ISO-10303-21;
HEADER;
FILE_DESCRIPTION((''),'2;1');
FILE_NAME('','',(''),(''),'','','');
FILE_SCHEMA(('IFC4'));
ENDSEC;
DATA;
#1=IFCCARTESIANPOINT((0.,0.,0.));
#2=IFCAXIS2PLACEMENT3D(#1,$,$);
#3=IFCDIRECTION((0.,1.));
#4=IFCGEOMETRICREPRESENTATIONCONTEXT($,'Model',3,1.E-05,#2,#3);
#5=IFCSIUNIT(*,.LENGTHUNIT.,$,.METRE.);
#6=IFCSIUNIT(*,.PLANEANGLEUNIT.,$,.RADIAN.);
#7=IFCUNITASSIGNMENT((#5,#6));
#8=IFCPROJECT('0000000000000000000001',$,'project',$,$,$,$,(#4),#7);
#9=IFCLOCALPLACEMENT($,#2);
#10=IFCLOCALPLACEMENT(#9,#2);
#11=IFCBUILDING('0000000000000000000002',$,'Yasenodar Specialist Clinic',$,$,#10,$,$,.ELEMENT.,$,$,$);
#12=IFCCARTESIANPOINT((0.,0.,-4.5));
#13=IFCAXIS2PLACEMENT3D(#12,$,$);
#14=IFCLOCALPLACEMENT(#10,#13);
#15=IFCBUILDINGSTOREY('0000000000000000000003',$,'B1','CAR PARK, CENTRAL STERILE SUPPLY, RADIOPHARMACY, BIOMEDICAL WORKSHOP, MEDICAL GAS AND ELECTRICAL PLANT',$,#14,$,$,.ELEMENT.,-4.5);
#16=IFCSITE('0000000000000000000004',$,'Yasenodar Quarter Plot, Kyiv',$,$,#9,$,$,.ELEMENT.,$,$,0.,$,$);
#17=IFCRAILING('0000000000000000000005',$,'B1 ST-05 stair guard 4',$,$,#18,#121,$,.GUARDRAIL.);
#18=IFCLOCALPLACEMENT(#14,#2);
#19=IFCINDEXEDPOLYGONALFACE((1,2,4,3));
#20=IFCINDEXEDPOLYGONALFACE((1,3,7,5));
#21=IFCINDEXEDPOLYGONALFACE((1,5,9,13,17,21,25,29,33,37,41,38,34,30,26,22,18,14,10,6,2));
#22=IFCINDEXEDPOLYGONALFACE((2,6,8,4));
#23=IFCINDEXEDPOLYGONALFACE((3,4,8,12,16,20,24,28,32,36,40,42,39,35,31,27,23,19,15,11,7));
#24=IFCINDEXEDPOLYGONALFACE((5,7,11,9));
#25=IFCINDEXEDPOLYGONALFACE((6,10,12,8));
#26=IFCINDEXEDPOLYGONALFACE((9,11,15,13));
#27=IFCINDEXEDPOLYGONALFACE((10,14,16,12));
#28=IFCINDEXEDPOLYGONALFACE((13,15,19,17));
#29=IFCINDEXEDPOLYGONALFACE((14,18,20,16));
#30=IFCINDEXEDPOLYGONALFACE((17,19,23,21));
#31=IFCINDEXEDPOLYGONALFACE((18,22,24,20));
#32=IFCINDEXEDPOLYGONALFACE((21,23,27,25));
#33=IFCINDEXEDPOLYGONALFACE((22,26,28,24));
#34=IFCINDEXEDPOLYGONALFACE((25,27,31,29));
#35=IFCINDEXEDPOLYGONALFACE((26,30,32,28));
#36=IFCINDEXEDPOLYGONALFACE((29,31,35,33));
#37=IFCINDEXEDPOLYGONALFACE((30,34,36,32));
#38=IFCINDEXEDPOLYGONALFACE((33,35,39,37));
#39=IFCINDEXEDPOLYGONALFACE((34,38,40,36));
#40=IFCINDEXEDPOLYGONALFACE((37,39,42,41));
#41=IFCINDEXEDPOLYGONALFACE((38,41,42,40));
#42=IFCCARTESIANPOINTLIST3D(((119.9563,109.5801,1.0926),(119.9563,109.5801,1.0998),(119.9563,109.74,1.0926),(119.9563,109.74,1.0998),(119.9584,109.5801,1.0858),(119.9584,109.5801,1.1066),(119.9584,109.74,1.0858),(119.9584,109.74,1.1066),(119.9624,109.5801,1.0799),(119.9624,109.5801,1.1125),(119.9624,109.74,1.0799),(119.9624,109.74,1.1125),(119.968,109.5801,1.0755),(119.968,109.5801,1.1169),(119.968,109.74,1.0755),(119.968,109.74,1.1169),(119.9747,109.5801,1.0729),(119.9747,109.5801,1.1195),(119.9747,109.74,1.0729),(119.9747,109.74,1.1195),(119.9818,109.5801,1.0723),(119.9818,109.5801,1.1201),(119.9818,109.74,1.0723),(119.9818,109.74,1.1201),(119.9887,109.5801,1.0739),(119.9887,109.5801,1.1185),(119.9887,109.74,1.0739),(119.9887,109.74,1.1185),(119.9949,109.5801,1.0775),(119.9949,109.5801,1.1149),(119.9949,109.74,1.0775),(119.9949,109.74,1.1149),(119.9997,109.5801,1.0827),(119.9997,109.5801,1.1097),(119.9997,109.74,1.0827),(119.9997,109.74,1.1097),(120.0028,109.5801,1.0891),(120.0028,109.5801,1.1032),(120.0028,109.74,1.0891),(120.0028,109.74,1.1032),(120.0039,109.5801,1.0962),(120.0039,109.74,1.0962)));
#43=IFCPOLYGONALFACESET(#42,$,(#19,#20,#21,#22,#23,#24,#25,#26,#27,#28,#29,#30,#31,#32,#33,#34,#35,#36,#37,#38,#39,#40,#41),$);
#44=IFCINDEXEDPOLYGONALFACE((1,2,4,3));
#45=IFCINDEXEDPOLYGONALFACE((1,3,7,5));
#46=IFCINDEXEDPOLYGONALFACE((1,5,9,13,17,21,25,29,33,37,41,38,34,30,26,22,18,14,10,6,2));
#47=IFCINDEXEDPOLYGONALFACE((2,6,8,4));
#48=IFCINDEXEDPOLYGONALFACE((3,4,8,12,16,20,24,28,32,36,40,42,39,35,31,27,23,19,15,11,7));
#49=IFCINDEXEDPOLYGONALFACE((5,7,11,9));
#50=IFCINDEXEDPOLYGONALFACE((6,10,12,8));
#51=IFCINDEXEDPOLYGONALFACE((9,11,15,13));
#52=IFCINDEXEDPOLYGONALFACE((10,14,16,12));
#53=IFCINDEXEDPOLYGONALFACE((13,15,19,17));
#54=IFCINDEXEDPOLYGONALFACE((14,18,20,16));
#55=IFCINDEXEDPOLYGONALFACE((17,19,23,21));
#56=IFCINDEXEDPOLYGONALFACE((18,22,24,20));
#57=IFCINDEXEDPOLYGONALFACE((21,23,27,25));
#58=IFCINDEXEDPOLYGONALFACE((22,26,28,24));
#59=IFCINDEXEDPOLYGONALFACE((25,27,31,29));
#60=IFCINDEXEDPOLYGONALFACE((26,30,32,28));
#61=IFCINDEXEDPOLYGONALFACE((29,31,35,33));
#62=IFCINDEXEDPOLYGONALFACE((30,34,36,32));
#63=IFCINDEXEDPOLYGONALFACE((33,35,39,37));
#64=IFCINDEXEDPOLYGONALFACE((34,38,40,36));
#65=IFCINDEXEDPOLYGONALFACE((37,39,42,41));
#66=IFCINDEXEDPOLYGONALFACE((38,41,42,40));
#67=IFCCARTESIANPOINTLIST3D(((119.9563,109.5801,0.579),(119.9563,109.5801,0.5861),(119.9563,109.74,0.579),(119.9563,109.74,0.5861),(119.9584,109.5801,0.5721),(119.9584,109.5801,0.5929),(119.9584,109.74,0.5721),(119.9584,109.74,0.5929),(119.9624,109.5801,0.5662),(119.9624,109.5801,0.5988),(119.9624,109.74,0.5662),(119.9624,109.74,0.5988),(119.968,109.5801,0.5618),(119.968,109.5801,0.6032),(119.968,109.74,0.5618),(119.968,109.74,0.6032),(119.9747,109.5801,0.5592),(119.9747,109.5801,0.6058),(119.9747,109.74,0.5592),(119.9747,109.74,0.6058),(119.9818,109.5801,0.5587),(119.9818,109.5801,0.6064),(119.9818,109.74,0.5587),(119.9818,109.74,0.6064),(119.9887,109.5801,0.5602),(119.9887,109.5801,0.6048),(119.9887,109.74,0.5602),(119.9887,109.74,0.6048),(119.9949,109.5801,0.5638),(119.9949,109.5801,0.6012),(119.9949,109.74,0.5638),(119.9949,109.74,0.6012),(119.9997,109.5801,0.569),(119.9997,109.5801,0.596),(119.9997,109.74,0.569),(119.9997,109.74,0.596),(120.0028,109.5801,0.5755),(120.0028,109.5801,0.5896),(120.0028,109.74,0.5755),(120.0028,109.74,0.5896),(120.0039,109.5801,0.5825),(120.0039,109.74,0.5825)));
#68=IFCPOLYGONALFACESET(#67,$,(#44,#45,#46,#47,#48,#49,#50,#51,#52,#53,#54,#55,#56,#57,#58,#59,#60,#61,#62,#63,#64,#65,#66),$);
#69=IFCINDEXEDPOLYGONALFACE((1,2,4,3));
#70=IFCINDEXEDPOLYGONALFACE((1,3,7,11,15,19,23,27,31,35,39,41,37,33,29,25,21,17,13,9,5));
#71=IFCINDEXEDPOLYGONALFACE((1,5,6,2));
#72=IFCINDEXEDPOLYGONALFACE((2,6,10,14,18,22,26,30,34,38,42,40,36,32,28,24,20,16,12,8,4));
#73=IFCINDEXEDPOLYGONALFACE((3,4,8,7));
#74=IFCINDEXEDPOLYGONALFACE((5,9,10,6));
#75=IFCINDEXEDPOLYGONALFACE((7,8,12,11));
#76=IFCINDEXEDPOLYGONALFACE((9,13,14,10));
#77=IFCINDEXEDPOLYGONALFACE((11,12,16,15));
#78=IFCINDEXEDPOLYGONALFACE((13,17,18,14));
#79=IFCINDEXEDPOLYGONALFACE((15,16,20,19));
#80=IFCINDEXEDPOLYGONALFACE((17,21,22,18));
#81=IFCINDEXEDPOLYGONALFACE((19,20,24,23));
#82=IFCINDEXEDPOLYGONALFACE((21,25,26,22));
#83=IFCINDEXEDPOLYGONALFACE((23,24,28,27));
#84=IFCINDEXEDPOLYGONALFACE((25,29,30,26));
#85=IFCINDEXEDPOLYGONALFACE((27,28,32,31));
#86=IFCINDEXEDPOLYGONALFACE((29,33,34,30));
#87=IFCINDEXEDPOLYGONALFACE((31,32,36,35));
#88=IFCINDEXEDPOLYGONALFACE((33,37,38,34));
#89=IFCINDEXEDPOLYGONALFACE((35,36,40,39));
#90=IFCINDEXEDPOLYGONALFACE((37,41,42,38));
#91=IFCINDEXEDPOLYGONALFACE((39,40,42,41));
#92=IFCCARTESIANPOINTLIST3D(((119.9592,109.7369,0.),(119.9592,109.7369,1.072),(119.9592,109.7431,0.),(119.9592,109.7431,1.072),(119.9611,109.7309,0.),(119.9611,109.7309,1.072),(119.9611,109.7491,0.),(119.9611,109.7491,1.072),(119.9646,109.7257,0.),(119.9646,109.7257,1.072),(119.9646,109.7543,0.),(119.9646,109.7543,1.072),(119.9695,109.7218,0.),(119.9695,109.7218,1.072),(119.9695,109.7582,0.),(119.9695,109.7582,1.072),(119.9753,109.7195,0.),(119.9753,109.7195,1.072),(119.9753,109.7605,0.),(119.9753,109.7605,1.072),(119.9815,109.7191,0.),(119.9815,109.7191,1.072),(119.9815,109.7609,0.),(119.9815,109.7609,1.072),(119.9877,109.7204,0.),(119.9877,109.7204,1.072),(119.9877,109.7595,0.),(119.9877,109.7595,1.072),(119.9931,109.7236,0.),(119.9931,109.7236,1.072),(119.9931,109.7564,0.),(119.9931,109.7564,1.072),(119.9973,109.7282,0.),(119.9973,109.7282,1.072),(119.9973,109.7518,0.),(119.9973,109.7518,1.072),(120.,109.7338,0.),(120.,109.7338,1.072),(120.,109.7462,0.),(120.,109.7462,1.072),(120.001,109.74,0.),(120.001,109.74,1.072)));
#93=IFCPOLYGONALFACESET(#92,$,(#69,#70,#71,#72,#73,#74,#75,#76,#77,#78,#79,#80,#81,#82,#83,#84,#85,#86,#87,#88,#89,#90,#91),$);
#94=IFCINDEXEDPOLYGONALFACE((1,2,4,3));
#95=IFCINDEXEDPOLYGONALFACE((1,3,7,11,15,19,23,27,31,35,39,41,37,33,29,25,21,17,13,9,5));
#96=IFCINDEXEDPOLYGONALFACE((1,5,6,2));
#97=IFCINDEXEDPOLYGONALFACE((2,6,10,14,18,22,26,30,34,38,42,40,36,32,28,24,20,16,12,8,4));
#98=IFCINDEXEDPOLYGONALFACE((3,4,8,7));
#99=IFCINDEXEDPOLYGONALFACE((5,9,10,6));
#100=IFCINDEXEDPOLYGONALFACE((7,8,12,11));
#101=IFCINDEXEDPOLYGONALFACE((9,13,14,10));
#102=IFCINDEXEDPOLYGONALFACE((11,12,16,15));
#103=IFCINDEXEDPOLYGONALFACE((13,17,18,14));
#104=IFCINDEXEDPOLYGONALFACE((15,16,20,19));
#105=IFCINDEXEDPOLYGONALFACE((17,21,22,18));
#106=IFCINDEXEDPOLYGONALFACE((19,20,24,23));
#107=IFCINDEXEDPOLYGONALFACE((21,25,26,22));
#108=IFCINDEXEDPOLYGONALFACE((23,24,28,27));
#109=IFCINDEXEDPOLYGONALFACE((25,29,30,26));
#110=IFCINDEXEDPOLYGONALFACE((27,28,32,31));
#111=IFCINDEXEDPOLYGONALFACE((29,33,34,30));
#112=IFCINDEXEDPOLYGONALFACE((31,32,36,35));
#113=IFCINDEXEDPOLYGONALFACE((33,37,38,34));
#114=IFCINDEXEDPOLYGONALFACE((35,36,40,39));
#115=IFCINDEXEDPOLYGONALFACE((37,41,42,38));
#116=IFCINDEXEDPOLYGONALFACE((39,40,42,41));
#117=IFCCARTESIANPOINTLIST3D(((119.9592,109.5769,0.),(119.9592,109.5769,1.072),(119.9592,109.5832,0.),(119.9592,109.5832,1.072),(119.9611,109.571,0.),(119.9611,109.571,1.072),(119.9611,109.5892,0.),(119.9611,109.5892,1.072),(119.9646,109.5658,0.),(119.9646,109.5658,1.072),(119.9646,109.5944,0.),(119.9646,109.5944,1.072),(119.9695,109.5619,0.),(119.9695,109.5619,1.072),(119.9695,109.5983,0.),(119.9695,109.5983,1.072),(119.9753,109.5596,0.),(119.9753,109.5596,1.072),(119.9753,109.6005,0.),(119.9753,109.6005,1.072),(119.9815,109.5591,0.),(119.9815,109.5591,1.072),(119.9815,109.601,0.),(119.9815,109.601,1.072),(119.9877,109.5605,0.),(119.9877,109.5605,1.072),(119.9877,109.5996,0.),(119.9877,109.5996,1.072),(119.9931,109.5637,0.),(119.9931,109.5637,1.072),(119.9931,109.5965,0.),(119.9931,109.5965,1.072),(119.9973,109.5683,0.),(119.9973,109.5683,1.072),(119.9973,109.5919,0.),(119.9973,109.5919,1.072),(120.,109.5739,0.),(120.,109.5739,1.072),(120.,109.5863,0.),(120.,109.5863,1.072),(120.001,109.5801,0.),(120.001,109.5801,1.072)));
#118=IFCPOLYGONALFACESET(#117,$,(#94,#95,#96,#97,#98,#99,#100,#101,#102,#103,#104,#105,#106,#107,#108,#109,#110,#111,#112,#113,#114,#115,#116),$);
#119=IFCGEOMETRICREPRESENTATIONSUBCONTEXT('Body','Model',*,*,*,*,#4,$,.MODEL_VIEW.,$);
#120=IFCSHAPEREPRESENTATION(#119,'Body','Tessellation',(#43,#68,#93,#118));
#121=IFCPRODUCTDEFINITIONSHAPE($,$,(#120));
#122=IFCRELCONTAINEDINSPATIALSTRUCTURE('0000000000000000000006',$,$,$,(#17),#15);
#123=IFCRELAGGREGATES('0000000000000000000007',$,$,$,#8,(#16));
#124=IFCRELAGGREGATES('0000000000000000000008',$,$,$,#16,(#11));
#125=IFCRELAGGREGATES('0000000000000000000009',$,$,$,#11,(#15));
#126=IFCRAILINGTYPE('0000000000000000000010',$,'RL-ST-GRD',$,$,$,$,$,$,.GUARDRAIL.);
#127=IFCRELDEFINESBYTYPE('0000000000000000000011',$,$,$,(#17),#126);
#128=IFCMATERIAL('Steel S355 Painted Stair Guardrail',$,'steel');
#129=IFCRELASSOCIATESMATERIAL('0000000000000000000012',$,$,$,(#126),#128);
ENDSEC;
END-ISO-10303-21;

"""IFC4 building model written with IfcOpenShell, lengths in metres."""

from ifc_helpers import new_model, si_unit, direction, frame, origin, origin_2d, place, context, subcontext, project, spatial, circle, extrude, material, type_object, element, save


model = new_model("IFC4")

# Units and contexts
model_context = context("Model", 3, precision=1e-05, world=origin(), true_north=direction((0.0, 1.0)))
body_context = subcontext(model_context, "Body", "Model", "MODEL_VIEW")
ifc_project = project(units=[si_unit("LENGTHUNIT", "METRE"), si_unit("PLANEANGLEUNIT", "RADIAN")], contexts=[model_context])

# Site, building, storey
site_placement = place(None, origin())
site = spatial("IfcSite", under=ifc_project, at=site_placement, Name="Yasenodar Quarter Plot, Kyiv", CompositionType="ELEMENT", RefElevation=0.0)
building_placement = place(site_placement, origin())
building = spatial("IfcBuilding", under=site, at=building_placement, Name="Yasenodar Specialist Clinic", CompositionType="ELEMENT")
storey_placement = place(building_placement, frame((0.0, 0.0, -4.5)))
storey = spatial("IfcBuildingStorey", under=building, at=storey_placement, Name="B1", Description="CAR PARK, CENTRAL STERILE SUPPLY, RADIOPHARMACY, BIOMEDICAL WORKSHOP, MEDICAL GAS AND ELECTRICAL PLANT", CompositionType="ELEMENT", Elevation=-4.5)

# Railing
ifc_material_1 = material(Name="Steel S355 Painted Stair Guardrail", Category="steel")
railing_type_1 = type_object("IfcRailingType", Name="RL-ST-GRD", PredefinedType="GUARDRAIL", material=ifc_material_1)
railing_1_placement = place(storey_placement, frame((119.98, 109.74, 0.0)))
element("IfcRailing", 1, at=railing_1_placement, inside=storey, type_object=railing_type_1, Name="B1 ST-05 stair guard 4", PredefinedType="GUARDRAIL", context=body_context, shape_type="SweptSolid", body=[
    extrude(circle(Radius=0.0239, at=origin_2d()), frame((0.0, 0.0, 1.0962), z_axis=(0.0, -1.0, 0.0), x_axis=(1.0, 0.0, 0.0)), (0.0, 0.0, 1.0), 0.1599),
    extrude(circle(Radius=0.0239, at=origin_2d()), frame((0.0, 0.0, 0.5825), z_axis=(0.0, -1.0, 0.0), x_axis=(1.0, 0.0, 0.0)), (0.0, 0.0, 1.0), 0.1599),
    extrude(circle(Radius=0.021, at=origin_2d()), origin(), (0.0, 0.0, 1.0), 1.072),
    extrude(circle(Radius=0.021, at=origin_2d()), frame((0.0, -0.1599, 0.0)), (0.0, 0.0, 1.0), 1.072),
])

save(model, "model.ifc")
